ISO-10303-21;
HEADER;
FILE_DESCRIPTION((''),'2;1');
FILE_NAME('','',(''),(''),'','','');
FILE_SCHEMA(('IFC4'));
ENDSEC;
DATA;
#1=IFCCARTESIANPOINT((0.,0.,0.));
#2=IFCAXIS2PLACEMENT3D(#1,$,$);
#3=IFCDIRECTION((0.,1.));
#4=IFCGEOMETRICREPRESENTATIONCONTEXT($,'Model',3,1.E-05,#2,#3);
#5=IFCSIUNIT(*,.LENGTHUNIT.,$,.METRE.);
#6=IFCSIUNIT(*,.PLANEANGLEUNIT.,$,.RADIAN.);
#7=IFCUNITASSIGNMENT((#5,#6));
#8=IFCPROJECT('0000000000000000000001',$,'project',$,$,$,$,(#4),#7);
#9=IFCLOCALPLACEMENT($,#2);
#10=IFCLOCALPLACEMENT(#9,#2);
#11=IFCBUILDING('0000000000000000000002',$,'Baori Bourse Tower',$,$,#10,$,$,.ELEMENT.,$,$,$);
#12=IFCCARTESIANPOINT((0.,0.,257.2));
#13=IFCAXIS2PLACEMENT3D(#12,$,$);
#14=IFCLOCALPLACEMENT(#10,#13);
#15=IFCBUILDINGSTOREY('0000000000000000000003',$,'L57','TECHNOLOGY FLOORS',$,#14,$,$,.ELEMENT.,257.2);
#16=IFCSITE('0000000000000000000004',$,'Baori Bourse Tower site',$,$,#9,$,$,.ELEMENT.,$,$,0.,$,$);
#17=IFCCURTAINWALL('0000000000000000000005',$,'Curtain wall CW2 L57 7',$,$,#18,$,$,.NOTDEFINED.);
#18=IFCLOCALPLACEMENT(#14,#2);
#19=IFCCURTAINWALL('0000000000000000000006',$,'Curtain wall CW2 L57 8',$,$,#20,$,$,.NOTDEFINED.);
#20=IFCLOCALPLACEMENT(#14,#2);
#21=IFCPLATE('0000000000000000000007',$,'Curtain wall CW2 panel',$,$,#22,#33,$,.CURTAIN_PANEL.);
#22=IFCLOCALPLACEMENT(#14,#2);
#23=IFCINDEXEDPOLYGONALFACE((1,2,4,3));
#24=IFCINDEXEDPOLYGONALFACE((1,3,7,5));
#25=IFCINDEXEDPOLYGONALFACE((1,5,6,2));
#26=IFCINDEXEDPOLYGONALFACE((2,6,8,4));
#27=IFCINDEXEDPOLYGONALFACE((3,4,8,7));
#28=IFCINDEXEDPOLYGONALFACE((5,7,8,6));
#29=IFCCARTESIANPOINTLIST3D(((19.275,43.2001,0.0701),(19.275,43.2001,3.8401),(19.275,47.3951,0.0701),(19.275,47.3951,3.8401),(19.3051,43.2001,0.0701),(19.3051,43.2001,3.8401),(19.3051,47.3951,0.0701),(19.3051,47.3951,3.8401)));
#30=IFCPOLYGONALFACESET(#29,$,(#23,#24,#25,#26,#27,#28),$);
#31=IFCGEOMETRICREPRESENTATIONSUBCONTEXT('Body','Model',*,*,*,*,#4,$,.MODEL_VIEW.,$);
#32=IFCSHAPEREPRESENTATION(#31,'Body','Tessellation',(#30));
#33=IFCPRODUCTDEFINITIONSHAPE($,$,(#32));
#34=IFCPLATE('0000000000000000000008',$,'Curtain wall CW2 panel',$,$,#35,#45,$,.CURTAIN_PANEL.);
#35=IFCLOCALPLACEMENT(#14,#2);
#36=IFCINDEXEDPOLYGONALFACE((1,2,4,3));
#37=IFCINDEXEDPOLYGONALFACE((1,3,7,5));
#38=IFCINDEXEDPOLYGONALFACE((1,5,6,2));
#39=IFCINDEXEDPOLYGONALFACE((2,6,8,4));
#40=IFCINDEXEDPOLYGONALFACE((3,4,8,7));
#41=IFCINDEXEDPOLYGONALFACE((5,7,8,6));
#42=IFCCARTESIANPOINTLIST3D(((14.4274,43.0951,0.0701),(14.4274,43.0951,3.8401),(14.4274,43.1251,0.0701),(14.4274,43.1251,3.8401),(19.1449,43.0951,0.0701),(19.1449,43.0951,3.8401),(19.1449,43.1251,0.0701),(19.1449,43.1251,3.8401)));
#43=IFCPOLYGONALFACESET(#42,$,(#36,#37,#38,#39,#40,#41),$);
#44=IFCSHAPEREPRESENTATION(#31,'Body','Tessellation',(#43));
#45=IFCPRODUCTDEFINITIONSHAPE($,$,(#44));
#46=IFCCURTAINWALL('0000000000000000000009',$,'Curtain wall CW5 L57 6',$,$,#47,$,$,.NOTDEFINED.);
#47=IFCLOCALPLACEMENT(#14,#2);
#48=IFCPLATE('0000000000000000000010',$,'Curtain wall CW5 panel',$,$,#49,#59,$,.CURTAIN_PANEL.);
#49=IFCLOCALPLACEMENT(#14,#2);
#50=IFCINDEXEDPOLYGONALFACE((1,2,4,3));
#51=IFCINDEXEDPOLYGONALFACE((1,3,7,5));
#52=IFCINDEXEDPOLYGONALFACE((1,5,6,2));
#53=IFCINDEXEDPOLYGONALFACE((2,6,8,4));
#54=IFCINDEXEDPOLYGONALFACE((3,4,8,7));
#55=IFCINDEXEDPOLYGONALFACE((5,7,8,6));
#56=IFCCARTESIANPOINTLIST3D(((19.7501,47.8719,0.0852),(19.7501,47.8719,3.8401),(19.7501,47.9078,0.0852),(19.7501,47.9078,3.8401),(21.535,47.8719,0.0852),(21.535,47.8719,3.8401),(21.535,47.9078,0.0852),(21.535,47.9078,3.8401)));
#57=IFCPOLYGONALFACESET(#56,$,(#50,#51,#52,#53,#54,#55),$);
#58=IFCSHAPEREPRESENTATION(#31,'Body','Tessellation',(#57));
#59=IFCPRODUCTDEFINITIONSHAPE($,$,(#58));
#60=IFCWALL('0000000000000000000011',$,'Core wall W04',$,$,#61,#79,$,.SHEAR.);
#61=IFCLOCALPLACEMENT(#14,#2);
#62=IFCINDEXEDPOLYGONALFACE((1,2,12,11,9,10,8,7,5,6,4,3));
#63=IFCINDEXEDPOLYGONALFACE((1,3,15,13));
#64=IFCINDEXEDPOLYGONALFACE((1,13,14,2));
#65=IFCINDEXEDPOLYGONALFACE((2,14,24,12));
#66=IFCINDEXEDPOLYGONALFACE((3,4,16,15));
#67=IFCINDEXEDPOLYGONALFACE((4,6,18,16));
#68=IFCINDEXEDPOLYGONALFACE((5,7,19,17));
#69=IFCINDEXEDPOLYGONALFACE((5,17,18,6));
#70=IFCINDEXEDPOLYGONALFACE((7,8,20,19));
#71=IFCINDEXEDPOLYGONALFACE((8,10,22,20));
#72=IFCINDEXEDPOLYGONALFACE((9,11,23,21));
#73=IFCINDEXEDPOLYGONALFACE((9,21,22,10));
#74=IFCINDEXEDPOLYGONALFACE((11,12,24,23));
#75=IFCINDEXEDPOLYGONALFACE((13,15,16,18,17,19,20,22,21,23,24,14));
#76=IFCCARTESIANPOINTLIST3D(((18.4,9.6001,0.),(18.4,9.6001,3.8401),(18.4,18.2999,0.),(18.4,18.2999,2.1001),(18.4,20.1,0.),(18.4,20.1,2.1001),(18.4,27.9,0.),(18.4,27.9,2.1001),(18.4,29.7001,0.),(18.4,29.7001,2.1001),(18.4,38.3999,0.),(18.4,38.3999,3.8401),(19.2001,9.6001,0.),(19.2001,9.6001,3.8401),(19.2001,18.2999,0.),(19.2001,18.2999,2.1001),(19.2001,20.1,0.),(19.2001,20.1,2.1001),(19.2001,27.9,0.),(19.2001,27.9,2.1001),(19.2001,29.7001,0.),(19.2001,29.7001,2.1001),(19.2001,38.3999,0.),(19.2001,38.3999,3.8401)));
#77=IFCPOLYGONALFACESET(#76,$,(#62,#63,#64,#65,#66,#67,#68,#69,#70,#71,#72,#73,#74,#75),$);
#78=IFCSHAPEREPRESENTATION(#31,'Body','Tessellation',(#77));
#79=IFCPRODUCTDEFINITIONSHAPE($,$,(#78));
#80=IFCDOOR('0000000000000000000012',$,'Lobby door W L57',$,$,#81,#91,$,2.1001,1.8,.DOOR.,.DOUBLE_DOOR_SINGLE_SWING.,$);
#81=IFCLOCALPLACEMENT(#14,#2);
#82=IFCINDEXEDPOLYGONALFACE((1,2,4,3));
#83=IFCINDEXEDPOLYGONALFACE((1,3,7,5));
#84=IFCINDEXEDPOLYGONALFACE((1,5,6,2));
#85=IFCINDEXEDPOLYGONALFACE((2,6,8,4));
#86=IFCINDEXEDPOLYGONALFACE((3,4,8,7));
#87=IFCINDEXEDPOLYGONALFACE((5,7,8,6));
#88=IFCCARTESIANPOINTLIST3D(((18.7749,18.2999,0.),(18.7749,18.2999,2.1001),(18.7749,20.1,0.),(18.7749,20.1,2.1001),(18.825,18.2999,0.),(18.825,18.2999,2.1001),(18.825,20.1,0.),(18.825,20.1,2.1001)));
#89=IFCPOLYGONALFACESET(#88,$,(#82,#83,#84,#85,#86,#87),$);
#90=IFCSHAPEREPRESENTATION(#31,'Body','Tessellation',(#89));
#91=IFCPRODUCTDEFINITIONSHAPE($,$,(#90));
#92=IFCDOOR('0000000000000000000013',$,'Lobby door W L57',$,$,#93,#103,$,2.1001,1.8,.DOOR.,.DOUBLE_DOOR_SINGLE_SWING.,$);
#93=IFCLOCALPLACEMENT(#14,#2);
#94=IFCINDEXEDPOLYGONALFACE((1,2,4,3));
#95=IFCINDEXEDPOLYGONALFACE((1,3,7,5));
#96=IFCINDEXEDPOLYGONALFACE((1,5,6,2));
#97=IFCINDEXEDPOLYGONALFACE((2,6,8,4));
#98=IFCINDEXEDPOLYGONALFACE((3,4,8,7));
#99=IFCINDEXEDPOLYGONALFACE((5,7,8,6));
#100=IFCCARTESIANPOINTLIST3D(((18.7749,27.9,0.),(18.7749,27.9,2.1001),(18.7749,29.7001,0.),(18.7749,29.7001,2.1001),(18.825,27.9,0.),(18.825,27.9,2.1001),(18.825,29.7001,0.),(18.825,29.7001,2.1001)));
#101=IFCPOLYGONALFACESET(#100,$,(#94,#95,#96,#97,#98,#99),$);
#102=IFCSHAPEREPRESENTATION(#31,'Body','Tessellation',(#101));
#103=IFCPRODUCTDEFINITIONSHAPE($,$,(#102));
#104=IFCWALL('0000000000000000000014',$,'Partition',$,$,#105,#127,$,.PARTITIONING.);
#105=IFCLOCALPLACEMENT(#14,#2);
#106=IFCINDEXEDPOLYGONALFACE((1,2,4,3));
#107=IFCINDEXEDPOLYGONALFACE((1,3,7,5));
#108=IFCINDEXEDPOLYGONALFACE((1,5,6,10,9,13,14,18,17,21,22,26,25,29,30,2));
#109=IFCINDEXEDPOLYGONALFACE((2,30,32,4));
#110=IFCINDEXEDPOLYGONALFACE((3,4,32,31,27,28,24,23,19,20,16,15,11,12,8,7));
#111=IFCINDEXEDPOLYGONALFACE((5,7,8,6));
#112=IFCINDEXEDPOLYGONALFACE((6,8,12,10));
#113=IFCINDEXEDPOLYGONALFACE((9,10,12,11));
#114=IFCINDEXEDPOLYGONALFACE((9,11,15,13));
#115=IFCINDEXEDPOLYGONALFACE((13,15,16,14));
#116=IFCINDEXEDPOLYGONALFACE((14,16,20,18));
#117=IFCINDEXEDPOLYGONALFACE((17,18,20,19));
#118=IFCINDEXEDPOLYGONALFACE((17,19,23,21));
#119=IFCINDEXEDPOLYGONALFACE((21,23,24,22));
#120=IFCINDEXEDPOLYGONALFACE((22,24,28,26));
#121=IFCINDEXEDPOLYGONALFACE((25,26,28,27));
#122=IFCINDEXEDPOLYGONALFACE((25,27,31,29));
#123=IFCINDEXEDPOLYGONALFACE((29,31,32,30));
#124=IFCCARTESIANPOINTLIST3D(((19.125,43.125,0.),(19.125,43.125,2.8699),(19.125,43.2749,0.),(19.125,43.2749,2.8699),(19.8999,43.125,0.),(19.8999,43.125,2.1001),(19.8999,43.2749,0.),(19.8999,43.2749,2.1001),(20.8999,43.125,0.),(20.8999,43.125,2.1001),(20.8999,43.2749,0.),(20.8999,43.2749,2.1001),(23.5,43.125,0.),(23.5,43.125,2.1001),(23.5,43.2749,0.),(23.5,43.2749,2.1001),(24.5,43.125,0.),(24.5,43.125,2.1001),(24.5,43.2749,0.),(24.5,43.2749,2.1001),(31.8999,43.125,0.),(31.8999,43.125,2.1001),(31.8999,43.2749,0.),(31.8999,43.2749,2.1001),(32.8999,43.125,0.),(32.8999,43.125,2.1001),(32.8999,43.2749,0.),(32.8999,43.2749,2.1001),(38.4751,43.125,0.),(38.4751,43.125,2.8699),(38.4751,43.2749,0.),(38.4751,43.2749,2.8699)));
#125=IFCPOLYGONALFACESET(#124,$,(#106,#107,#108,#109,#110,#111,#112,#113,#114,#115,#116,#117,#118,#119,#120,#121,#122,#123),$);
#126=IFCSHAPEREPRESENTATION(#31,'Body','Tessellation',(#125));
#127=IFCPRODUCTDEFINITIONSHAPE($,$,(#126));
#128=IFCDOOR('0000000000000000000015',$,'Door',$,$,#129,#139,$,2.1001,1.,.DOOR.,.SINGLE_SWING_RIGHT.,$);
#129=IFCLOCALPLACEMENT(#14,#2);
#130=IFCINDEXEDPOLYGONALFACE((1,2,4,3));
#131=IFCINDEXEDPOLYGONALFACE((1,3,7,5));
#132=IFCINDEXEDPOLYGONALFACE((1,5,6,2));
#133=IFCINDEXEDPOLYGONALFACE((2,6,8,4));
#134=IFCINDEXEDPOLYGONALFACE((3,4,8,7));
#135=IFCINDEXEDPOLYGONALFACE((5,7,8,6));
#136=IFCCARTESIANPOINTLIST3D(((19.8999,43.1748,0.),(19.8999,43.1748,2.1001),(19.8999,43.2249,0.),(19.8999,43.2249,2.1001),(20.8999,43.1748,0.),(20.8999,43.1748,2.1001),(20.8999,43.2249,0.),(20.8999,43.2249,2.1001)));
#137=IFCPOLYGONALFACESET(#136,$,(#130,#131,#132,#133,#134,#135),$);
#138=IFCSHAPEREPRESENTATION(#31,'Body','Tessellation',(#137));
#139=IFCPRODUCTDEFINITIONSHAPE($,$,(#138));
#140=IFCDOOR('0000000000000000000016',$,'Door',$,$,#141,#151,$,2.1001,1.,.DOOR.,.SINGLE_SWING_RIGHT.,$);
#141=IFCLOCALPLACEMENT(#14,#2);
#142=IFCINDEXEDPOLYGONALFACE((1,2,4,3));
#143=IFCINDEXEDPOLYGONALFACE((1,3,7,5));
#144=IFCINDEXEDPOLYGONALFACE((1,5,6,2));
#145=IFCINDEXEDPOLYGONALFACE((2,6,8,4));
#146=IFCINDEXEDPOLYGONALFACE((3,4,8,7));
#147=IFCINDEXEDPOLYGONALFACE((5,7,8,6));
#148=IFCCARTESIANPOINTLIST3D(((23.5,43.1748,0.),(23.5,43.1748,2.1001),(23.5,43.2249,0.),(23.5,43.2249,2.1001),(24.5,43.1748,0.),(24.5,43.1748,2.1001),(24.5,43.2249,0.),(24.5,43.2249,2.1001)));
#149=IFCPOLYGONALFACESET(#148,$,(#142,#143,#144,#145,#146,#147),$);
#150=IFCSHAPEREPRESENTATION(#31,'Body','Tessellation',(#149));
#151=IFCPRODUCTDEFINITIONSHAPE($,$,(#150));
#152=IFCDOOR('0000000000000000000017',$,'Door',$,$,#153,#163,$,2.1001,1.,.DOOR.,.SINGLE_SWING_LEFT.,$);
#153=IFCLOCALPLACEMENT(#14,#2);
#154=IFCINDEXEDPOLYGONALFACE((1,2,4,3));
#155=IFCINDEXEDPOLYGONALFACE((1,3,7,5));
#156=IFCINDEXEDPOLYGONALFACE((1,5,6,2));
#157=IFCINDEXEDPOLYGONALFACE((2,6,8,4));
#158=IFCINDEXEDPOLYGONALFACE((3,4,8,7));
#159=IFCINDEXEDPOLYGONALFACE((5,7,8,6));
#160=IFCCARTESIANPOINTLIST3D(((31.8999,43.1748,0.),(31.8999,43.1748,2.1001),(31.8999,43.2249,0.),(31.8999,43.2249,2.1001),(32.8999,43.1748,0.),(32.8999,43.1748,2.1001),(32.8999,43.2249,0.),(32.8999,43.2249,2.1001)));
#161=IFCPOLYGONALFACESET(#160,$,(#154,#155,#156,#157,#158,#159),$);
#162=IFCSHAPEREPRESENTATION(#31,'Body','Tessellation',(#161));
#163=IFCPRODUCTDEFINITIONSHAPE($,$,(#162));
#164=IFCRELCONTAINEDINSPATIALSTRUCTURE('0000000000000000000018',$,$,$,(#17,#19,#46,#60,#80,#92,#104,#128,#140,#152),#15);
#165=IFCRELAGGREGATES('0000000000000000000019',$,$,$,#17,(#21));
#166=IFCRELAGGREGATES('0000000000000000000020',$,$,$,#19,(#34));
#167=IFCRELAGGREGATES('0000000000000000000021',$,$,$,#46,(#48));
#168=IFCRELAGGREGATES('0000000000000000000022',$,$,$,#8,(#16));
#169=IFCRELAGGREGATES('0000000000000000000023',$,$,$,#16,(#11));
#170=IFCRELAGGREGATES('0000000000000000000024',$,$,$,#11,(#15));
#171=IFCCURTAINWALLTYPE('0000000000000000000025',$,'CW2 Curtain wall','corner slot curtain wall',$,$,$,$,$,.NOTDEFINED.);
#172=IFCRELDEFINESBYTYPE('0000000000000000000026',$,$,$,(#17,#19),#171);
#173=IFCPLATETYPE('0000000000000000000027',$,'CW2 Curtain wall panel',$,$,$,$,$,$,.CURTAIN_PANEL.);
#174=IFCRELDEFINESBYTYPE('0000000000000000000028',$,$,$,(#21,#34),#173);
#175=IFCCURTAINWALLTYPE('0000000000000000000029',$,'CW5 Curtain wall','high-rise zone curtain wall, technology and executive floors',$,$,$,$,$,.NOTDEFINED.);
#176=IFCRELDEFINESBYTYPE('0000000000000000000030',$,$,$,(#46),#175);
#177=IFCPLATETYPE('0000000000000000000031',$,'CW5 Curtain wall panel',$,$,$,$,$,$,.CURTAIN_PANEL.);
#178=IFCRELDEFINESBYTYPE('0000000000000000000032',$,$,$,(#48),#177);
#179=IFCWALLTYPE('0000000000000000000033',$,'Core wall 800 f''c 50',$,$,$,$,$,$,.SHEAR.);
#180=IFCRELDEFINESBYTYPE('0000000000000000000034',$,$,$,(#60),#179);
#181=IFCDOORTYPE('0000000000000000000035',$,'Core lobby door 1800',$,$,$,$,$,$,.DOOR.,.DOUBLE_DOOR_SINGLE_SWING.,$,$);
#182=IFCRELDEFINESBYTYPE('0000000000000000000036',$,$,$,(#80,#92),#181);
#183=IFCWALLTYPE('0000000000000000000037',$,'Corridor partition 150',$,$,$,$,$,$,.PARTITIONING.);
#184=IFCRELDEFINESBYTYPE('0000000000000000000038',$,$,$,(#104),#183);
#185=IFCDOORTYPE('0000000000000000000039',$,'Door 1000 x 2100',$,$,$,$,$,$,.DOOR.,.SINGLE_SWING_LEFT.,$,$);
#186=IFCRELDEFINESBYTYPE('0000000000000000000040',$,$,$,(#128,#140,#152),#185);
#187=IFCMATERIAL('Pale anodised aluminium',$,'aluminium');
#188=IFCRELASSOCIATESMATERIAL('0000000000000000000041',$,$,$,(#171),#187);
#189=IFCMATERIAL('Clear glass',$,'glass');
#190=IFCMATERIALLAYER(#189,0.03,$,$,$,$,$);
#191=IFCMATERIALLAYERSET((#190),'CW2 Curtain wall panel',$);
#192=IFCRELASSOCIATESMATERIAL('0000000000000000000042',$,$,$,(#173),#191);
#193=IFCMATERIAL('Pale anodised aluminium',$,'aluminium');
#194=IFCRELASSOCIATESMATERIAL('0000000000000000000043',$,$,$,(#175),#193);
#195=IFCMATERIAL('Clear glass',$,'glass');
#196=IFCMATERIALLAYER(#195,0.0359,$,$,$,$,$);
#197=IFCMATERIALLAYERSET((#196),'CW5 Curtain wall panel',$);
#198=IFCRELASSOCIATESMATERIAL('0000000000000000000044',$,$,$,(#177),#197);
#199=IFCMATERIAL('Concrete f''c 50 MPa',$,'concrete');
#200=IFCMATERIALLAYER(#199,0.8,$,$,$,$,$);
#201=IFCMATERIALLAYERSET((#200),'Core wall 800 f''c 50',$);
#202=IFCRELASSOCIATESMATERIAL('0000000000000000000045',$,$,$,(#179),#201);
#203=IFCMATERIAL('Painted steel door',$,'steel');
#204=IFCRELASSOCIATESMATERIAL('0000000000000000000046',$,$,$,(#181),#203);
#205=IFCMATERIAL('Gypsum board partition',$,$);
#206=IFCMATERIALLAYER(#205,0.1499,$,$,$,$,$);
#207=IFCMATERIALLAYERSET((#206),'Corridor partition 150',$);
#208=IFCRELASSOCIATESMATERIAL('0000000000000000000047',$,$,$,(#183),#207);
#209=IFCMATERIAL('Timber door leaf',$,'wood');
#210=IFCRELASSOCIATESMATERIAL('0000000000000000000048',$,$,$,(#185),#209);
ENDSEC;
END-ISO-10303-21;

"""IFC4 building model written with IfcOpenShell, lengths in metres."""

from ifc_helpers import new_model, si_unit, direction, frame, frame_2d, origin, origin_2d, place, context, subcontext, project, spatial, rectangle, extrude, material, layer, layer_set, type_object, element, fill, aggregate, save


model = new_model("IFC4")

# Units and contexts
model_context = context("Model", 3, precision=1e-05, world=origin(), true_north=direction((0.0, 1.0)))
body_context = subcontext(model_context, "Body", "Model", "MODEL_VIEW")
ifc_project = project(units=[si_unit("LENGTHUNIT", "METRE"), si_unit("PLANEANGLEUNIT", "RADIAN")], contexts=[model_context])

# Site, building, storey
site_placement = place(None, origin())
site = spatial("IfcSite", under=ifc_project, at=site_placement, Name="Baori Bourse Tower site", CompositionType="ELEMENT", RefElevation=0.0)
building_placement = place(site_placement, origin())
building = spatial("IfcBuilding", under=site, at=building_placement, Name="Baori Bourse Tower", CompositionType="ELEMENT")
storey_placement = place(building_placement, frame((0.0, 0.0, 257.2)))
storey = spatial("IfcBuildingStorey", under=building, at=storey_placement, Name="L57", Description="TECHNOLOGY FLOORS", CompositionType="ELEMENT", Elevation=257.2)

# Curtain walls
ifc_material_1 = material(Name="Pale anodised aluminium", Category="aluminium")
curtain_wall_type_1 = type_object("IfcCurtainWallType", Name="CW2 Curtain wall", Description="corner slot curtain wall", PredefinedType="NOTDEFINED", material=ifc_material_1)
curtain_wall_1_placement = place(storey_placement, origin())
curtain_wall_1 = element("IfcCurtainWall", 1, at=curtain_wall_1_placement, inside=storey, type_object=curtain_wall_type_1, Name="Curtain wall CW2 L57 7", PredefinedType="NOTDEFINED")
curtain_wall_2_placement = place(storey_placement, origin())
curtain_wall_2 = element("IfcCurtainWall", 2, at=curtain_wall_2_placement, inside=storey, type_object=curtain_wall_type_1, Name="Curtain wall CW2 L57 8", PredefinedType="NOTDEFINED")

# Plates
ifc_material_2 = material(Name="Clear glass", Category="glass")
ifc_layer_1 = layer(ifc_material_2, 0.03)
ifc_layer_set_1 = layer_set([ifc_layer_1], Name="CW2 Curtain wall panel")
plate_type_1 = type_object("IfcPlateType", Name="CW2 Curtain wall panel", PredefinedType="CURTAIN_PANEL", material=ifc_layer_set_1)
plate_1_placement = place(storey_placement, frame((19.29, 45.2976, 0.0701), z_axis=(0.0, 0.0, 1.0), x_axis=(0.0, -1.0, 0.0)))
plate_1 = element("IfcPlate", 3, at=plate_1_placement, type_object=plate_type_1, Name="Curtain wall CW2 panel", PredefinedType="CURTAIN_PANEL", context=body_context, shape_type="SweptSolid", body=[
    extrude(rectangle(XDim=4.1951, YDim=0.03, at=origin_2d()), origin(), (0.0, 0.0, 1.0), 3.77),
])
aggregate(curtain_wall_1, [plate_1])
plate_2_placement = place(storey_placement, frame((16.7861, 43.1101, 0.0701), z_axis=(0.0, 0.0, 1.0), x_axis=(-1.0, 0.0, 0.0)))
plate_2 = element("IfcPlate", 4, at=plate_2_placement, type_object=plate_type_1, Name="Curtain wall CW2 panel", PredefinedType="CURTAIN_PANEL", context=body_context, shape_type="SweptSolid", body=[
    extrude(rectangle(XDim=4.7175, YDim=0.03, at=origin_2d()), origin(), (0.0, 0.0, 1.0), 3.77),
])
aggregate(curtain_wall_2, [plate_2])

# Curtain wall, plate
ifc_material_3 = material(Name="Pale anodised aluminium", Category="aluminium")
curtain_wall_type_2 = type_object("IfcCurtainWallType", Name="CW5 Curtain wall", Description="high-rise zone curtain wall, technology and executive floors", PredefinedType="NOTDEFINED", material=ifc_material_3)
curtain_wall_3_placement = place(storey_placement, origin())
curtain_wall_3 = element("IfcCurtainWall", 5, at=curtain_wall_3_placement, inside=storey, type_object=curtain_wall_type_2, Name="Curtain wall CW5 L57 6", PredefinedType="NOTDEFINED")
ifc_material_4 = material(Name="Clear glass", Category="glass")
ifc_layer_2 = layer(ifc_material_4, 0.0359)
ifc_layer_set_2 = layer_set([ifc_layer_2], Name="CW5 Curtain wall panel")
plate_type_2 = type_object("IfcPlateType", Name="CW5 Curtain wall panel", PredefinedType="CURTAIN_PANEL", material=ifc_layer_set_2)
plate_3_placement = place(storey_placement, frame((20.6426, 47.8899, 0.0852), z_axis=(0.0, 0.0, 1.0), x_axis=(-1.0, 0.0, 0.0)))
plate_3 = element("IfcPlate", 6, at=plate_3_placement, type_object=plate_type_2, Name="Curtain wall CW5 panel", PredefinedType="CURTAIN_PANEL", context=body_context, shape_type="SweptSolid", body=[
    extrude(rectangle(XDim=1.7849, YDim=0.0359, at=origin_2d()), origin(), (0.0, 0.0, 1.0), 3.7549),
])
aggregate(curtain_wall_3, [plate_3])

# Walls, openings, doors
ifc_material_5 = material(Name="Concrete f'c 50 MPa", Category="concrete")
ifc_layer_3 = layer(ifc_material_5, 0.8)
ifc_layer_set_3 = layer_set([ifc_layer_3], Name="Core wall 800 f'c 50")
wall_type_1 = type_object("IfcWallType", Name="Core wall 800 f'c 50", PredefinedType="SHEAR", material=ifc_layer_set_3)
wall_1_placement = place(storey_placement, frame((18.8, 38.3999, 0.0), z_axis=(0.0, 0.0, 1.0), x_axis=(0.0, -1.0, 0.0)))
wall_1 = element("IfcWall", 7, at=wall_1_placement, inside=storey, type_object=wall_type_1, Name="Core wall W04", PredefinedType="SHEAR", context=body_context, shape_type="SweptSolid", body=[
    extrude(rectangle(XDim=28.7998, YDim=0.8, at=frame_2d((14.3999, 0.0))), origin(), (0.0, 0.0, 1.0), 3.8401),
])
opening_1_placement = place(wall_1_placement, frame((18.3, 0.0, 0.0)))
opening_1 = element("IfcOpeningElement", 8, at=opening_1_placement, cuts=wall_1, PredefinedType="OPENING", context=body_context, shape_type="SweptSolid", body=[
    extrude(rectangle(XDim=1.8, YDim=2.1001, at=frame_2d((0.8999, 1.05))), frame((0.0, 0.4099, 0.0), z_axis=(0.0, -1.0, 0.0), x_axis=(1.0, 0.0, 0.0)), (0.0, 0.0, 1.0), 0.8201),
])
opening_2_placement = place(wall_1_placement, frame((8.7, 0.0, 0.0)))
opening_2 = element("IfcOpeningElement", 9, at=opening_2_placement, cuts=wall_1, PredefinedType="OPENING", context=body_context, shape_type="SweptSolid", body=[
    extrude(rectangle(XDim=1.8, YDim=2.1001, at=frame_2d((0.8999, 1.05))), frame((0.0, 0.4099, 0.0), z_axis=(0.0, -1.0, 0.0), x_axis=(1.0, 0.0, 0.0)), (0.0, 0.0, 1.0), 0.8201),
])
ifc_material_6 = material(Name="Painted steel door", Category="steel")
door_type_1 = type_object("IfcDoorType", Name="Core lobby door 1800", OperationType="DOUBLE_DOOR_SINGLE_SWING", PredefinedType="DOOR", material=ifc_material_6)
door_1_placement = place(opening_1_placement, origin())
door_1 = element("IfcDoor", 10, at=door_1_placement, inside=storey, type_object=door_type_1, Name="Lobby door W L57", OperationType="DOUBLE_DOOR_SINGLE_SWING", OverallHeight=2.1001, OverallWidth=1.8, PredefinedType="DOOR", context=body_context, shape_type="SweptSolid", body=[
    extrude(rectangle(XDim=1.8, YDim=2.1001, at=frame_2d((0.8999, 1.05))), frame((0.0, 0.0249, 0.0), z_axis=(0.0, -1.0, 0.0), x_axis=(1.0, 0.0, 0.0)), (0.0, 0.0, 1.0), 0.05),
])
fill(opening_1, door_1)
door_2_placement = place(opening_2_placement, origin())
door_2 = element("IfcDoor", 11, at=door_2_placement, inside=storey, type_object=door_type_1, Name="Lobby door W L57", OperationType="DOUBLE_DOOR_SINGLE_SWING", OverallHeight=2.1001, OverallWidth=1.8, PredefinedType="DOOR", context=body_context, shape_type="SweptSolid", body=[
    extrude(rectangle(XDim=1.8, YDim=2.1001, at=frame_2d((0.8999, 1.05))), frame((0.0, 0.0249, 0.0), z_axis=(0.0, -1.0, 0.0), x_axis=(1.0, 0.0, 0.0)), (0.0, 0.0, 1.0), 0.05),
])
fill(opening_2, door_2)
ifc_material_7 = material(Name="Gypsum board partition")
ifc_layer_4 = layer(ifc_material_7, 0.1499)
ifc_layer_set_4 = layer_set([ifc_layer_4], Name="Corridor partition 150")
wall_type_2 = type_object("IfcWallType", Name="Corridor partition 150", PredefinedType="PARTITIONING", material=ifc_layer_set_4)
wall_2_placement = place(storey_placement, frame((19.125, 43.2, 0.0), z_axis=(0.0, 0.0, 1.0), x_axis=(1.0, 0.0, 0.0)))
wall_2 = element("IfcWall", 12, at=wall_2_placement, inside=storey, type_object=wall_type_2, Name="Partition", PredefinedType="PARTITIONING", context=body_context, shape_type="SweptSolid", body=[
    extrude(rectangle(XDim=19.3501, YDim=0.1499, at=frame_2d((9.675, 0.0))), origin(), (0.0, 0.0, 1.0), 2.8699),
])
opening_3_placement = place(wall_2_placement, frame((0.7749, 0.0, 0.0)))
opening_3 = element("IfcOpeningElement", 13, at=opening_3_placement, cuts=wall_2, PredefinedType="OPENING", context=body_context, shape_type="SweptSolid", body=[
    extrude(rectangle(XDim=1.0, YDim=2.1001, at=frame_2d((0.5, 1.05))), frame((0.0, 0.085, 0.0), z_axis=(0.0, -1.0, 0.0), x_axis=(1.0, 0.0, 0.0)), (0.0, 0.0, 1.0), 0.1699),
])
opening_4_placement = place(wall_2_placement, frame((4.375, 0.0, 0.0)))
opening_4 = element("IfcOpeningElement", 14, at=opening_4_placement, cuts=wall_2, PredefinedType="OPENING", context=body_context, shape_type="SweptSolid", body=[
    extrude(rectangle(XDim=1.0, YDim=2.1001, at=frame_2d((0.5, 1.05))), frame((0.0, 0.085, 0.0), z_axis=(0.0, -1.0, 0.0), x_axis=(1.0, 0.0, 0.0)), (0.0, 0.0, 1.0), 0.1699),
])
opening_5_placement = place(wall_2_placement, frame((12.7749, 0.0, 0.0)))
opening_5 = element("IfcOpeningElement", 15, at=opening_5_placement, cuts=wall_2, PredefinedType="OPENING", context=body_context, shape_type="SweptSolid", body=[
    extrude(rectangle(XDim=1.0, YDim=2.1001, at=frame_2d((0.5, 1.05))), frame((0.0, 0.085, 0.0), z_axis=(0.0, -1.0, 0.0), x_axis=(1.0, 0.0, 0.0)), (0.0, 0.0, 1.0), 0.1699),
])
ifc_material_8 = material(Name="Timber door leaf", Category="wood")
door_type_2 = type_object("IfcDoorType", Name="Door 1000 x 2100", OperationType="SINGLE_SWING_LEFT", PredefinedType="DOOR", material=ifc_material_8)
door_3_placement = place(opening_3_placement, origin())
door_3 = element("IfcDoor", 16, at=door_3_placement, inside=storey, type_object=door_type_2, Name="Door", OperationType="SINGLE_SWING_RIGHT", OverallHeight=2.1001, OverallWidth=1.0, PredefinedType="DOOR", context=body_context, shape_type="SweptSolid", body=[
    extrude(rectangle(XDim=1.0, YDim=2.1001, at=frame_2d((0.5, 1.05))), frame((0.0, 0.0249, 0.0), z_axis=(0.0, -1.0, 0.0), x_axis=(1.0, 0.0, 0.0)), (0.0, 0.0, 1.0), 0.05),
])
fill(opening_3, door_3)
door_4_placement = place(opening_4_placement, origin())
door_4 = element("IfcDoor", 17, at=door_4_placement, inside=storey, type_object=door_type_2, Name="Door", OperationType="SINGLE_SWING_RIGHT", OverallHeight=2.1001, OverallWidth=1.0, PredefinedType="DOOR", context=body_context, shape_type="SweptSolid", body=[
    extrude(rectangle(XDim=1.0, YDim=2.1001, at=frame_2d((0.5, 1.05))), frame((0.0, 0.0249, 0.0), z_axis=(0.0, -1.0, 0.0), x_axis=(1.0, 0.0, 0.0)), (0.0, 0.0, 1.0), 0.05),
])
fill(opening_4, door_4)
door_5_placement = place(opening_5_placement, origin())
door_5 = element("IfcDoor", 18, at=door_5_placement, inside=storey, type_object=door_type_2, Name="Door", OperationType="SINGLE_SWING_LEFT", OverallHeight=2.1001, OverallWidth=1.0, PredefinedType="DOOR", context=body_context, shape_type="SweptSolid", body=[
    extrude(rectangle(XDim=1.0, YDim=2.1001, at=frame_2d((0.5, 1.05))), frame((0.0, 0.0249, 0.0), z_axis=(0.0, -1.0, 0.0), x_axis=(1.0, 0.0, 0.0)), (0.0, 0.0, 1.0), 0.05),
])
fill(opening_5, door_5)

save(model, "model.ifc")
